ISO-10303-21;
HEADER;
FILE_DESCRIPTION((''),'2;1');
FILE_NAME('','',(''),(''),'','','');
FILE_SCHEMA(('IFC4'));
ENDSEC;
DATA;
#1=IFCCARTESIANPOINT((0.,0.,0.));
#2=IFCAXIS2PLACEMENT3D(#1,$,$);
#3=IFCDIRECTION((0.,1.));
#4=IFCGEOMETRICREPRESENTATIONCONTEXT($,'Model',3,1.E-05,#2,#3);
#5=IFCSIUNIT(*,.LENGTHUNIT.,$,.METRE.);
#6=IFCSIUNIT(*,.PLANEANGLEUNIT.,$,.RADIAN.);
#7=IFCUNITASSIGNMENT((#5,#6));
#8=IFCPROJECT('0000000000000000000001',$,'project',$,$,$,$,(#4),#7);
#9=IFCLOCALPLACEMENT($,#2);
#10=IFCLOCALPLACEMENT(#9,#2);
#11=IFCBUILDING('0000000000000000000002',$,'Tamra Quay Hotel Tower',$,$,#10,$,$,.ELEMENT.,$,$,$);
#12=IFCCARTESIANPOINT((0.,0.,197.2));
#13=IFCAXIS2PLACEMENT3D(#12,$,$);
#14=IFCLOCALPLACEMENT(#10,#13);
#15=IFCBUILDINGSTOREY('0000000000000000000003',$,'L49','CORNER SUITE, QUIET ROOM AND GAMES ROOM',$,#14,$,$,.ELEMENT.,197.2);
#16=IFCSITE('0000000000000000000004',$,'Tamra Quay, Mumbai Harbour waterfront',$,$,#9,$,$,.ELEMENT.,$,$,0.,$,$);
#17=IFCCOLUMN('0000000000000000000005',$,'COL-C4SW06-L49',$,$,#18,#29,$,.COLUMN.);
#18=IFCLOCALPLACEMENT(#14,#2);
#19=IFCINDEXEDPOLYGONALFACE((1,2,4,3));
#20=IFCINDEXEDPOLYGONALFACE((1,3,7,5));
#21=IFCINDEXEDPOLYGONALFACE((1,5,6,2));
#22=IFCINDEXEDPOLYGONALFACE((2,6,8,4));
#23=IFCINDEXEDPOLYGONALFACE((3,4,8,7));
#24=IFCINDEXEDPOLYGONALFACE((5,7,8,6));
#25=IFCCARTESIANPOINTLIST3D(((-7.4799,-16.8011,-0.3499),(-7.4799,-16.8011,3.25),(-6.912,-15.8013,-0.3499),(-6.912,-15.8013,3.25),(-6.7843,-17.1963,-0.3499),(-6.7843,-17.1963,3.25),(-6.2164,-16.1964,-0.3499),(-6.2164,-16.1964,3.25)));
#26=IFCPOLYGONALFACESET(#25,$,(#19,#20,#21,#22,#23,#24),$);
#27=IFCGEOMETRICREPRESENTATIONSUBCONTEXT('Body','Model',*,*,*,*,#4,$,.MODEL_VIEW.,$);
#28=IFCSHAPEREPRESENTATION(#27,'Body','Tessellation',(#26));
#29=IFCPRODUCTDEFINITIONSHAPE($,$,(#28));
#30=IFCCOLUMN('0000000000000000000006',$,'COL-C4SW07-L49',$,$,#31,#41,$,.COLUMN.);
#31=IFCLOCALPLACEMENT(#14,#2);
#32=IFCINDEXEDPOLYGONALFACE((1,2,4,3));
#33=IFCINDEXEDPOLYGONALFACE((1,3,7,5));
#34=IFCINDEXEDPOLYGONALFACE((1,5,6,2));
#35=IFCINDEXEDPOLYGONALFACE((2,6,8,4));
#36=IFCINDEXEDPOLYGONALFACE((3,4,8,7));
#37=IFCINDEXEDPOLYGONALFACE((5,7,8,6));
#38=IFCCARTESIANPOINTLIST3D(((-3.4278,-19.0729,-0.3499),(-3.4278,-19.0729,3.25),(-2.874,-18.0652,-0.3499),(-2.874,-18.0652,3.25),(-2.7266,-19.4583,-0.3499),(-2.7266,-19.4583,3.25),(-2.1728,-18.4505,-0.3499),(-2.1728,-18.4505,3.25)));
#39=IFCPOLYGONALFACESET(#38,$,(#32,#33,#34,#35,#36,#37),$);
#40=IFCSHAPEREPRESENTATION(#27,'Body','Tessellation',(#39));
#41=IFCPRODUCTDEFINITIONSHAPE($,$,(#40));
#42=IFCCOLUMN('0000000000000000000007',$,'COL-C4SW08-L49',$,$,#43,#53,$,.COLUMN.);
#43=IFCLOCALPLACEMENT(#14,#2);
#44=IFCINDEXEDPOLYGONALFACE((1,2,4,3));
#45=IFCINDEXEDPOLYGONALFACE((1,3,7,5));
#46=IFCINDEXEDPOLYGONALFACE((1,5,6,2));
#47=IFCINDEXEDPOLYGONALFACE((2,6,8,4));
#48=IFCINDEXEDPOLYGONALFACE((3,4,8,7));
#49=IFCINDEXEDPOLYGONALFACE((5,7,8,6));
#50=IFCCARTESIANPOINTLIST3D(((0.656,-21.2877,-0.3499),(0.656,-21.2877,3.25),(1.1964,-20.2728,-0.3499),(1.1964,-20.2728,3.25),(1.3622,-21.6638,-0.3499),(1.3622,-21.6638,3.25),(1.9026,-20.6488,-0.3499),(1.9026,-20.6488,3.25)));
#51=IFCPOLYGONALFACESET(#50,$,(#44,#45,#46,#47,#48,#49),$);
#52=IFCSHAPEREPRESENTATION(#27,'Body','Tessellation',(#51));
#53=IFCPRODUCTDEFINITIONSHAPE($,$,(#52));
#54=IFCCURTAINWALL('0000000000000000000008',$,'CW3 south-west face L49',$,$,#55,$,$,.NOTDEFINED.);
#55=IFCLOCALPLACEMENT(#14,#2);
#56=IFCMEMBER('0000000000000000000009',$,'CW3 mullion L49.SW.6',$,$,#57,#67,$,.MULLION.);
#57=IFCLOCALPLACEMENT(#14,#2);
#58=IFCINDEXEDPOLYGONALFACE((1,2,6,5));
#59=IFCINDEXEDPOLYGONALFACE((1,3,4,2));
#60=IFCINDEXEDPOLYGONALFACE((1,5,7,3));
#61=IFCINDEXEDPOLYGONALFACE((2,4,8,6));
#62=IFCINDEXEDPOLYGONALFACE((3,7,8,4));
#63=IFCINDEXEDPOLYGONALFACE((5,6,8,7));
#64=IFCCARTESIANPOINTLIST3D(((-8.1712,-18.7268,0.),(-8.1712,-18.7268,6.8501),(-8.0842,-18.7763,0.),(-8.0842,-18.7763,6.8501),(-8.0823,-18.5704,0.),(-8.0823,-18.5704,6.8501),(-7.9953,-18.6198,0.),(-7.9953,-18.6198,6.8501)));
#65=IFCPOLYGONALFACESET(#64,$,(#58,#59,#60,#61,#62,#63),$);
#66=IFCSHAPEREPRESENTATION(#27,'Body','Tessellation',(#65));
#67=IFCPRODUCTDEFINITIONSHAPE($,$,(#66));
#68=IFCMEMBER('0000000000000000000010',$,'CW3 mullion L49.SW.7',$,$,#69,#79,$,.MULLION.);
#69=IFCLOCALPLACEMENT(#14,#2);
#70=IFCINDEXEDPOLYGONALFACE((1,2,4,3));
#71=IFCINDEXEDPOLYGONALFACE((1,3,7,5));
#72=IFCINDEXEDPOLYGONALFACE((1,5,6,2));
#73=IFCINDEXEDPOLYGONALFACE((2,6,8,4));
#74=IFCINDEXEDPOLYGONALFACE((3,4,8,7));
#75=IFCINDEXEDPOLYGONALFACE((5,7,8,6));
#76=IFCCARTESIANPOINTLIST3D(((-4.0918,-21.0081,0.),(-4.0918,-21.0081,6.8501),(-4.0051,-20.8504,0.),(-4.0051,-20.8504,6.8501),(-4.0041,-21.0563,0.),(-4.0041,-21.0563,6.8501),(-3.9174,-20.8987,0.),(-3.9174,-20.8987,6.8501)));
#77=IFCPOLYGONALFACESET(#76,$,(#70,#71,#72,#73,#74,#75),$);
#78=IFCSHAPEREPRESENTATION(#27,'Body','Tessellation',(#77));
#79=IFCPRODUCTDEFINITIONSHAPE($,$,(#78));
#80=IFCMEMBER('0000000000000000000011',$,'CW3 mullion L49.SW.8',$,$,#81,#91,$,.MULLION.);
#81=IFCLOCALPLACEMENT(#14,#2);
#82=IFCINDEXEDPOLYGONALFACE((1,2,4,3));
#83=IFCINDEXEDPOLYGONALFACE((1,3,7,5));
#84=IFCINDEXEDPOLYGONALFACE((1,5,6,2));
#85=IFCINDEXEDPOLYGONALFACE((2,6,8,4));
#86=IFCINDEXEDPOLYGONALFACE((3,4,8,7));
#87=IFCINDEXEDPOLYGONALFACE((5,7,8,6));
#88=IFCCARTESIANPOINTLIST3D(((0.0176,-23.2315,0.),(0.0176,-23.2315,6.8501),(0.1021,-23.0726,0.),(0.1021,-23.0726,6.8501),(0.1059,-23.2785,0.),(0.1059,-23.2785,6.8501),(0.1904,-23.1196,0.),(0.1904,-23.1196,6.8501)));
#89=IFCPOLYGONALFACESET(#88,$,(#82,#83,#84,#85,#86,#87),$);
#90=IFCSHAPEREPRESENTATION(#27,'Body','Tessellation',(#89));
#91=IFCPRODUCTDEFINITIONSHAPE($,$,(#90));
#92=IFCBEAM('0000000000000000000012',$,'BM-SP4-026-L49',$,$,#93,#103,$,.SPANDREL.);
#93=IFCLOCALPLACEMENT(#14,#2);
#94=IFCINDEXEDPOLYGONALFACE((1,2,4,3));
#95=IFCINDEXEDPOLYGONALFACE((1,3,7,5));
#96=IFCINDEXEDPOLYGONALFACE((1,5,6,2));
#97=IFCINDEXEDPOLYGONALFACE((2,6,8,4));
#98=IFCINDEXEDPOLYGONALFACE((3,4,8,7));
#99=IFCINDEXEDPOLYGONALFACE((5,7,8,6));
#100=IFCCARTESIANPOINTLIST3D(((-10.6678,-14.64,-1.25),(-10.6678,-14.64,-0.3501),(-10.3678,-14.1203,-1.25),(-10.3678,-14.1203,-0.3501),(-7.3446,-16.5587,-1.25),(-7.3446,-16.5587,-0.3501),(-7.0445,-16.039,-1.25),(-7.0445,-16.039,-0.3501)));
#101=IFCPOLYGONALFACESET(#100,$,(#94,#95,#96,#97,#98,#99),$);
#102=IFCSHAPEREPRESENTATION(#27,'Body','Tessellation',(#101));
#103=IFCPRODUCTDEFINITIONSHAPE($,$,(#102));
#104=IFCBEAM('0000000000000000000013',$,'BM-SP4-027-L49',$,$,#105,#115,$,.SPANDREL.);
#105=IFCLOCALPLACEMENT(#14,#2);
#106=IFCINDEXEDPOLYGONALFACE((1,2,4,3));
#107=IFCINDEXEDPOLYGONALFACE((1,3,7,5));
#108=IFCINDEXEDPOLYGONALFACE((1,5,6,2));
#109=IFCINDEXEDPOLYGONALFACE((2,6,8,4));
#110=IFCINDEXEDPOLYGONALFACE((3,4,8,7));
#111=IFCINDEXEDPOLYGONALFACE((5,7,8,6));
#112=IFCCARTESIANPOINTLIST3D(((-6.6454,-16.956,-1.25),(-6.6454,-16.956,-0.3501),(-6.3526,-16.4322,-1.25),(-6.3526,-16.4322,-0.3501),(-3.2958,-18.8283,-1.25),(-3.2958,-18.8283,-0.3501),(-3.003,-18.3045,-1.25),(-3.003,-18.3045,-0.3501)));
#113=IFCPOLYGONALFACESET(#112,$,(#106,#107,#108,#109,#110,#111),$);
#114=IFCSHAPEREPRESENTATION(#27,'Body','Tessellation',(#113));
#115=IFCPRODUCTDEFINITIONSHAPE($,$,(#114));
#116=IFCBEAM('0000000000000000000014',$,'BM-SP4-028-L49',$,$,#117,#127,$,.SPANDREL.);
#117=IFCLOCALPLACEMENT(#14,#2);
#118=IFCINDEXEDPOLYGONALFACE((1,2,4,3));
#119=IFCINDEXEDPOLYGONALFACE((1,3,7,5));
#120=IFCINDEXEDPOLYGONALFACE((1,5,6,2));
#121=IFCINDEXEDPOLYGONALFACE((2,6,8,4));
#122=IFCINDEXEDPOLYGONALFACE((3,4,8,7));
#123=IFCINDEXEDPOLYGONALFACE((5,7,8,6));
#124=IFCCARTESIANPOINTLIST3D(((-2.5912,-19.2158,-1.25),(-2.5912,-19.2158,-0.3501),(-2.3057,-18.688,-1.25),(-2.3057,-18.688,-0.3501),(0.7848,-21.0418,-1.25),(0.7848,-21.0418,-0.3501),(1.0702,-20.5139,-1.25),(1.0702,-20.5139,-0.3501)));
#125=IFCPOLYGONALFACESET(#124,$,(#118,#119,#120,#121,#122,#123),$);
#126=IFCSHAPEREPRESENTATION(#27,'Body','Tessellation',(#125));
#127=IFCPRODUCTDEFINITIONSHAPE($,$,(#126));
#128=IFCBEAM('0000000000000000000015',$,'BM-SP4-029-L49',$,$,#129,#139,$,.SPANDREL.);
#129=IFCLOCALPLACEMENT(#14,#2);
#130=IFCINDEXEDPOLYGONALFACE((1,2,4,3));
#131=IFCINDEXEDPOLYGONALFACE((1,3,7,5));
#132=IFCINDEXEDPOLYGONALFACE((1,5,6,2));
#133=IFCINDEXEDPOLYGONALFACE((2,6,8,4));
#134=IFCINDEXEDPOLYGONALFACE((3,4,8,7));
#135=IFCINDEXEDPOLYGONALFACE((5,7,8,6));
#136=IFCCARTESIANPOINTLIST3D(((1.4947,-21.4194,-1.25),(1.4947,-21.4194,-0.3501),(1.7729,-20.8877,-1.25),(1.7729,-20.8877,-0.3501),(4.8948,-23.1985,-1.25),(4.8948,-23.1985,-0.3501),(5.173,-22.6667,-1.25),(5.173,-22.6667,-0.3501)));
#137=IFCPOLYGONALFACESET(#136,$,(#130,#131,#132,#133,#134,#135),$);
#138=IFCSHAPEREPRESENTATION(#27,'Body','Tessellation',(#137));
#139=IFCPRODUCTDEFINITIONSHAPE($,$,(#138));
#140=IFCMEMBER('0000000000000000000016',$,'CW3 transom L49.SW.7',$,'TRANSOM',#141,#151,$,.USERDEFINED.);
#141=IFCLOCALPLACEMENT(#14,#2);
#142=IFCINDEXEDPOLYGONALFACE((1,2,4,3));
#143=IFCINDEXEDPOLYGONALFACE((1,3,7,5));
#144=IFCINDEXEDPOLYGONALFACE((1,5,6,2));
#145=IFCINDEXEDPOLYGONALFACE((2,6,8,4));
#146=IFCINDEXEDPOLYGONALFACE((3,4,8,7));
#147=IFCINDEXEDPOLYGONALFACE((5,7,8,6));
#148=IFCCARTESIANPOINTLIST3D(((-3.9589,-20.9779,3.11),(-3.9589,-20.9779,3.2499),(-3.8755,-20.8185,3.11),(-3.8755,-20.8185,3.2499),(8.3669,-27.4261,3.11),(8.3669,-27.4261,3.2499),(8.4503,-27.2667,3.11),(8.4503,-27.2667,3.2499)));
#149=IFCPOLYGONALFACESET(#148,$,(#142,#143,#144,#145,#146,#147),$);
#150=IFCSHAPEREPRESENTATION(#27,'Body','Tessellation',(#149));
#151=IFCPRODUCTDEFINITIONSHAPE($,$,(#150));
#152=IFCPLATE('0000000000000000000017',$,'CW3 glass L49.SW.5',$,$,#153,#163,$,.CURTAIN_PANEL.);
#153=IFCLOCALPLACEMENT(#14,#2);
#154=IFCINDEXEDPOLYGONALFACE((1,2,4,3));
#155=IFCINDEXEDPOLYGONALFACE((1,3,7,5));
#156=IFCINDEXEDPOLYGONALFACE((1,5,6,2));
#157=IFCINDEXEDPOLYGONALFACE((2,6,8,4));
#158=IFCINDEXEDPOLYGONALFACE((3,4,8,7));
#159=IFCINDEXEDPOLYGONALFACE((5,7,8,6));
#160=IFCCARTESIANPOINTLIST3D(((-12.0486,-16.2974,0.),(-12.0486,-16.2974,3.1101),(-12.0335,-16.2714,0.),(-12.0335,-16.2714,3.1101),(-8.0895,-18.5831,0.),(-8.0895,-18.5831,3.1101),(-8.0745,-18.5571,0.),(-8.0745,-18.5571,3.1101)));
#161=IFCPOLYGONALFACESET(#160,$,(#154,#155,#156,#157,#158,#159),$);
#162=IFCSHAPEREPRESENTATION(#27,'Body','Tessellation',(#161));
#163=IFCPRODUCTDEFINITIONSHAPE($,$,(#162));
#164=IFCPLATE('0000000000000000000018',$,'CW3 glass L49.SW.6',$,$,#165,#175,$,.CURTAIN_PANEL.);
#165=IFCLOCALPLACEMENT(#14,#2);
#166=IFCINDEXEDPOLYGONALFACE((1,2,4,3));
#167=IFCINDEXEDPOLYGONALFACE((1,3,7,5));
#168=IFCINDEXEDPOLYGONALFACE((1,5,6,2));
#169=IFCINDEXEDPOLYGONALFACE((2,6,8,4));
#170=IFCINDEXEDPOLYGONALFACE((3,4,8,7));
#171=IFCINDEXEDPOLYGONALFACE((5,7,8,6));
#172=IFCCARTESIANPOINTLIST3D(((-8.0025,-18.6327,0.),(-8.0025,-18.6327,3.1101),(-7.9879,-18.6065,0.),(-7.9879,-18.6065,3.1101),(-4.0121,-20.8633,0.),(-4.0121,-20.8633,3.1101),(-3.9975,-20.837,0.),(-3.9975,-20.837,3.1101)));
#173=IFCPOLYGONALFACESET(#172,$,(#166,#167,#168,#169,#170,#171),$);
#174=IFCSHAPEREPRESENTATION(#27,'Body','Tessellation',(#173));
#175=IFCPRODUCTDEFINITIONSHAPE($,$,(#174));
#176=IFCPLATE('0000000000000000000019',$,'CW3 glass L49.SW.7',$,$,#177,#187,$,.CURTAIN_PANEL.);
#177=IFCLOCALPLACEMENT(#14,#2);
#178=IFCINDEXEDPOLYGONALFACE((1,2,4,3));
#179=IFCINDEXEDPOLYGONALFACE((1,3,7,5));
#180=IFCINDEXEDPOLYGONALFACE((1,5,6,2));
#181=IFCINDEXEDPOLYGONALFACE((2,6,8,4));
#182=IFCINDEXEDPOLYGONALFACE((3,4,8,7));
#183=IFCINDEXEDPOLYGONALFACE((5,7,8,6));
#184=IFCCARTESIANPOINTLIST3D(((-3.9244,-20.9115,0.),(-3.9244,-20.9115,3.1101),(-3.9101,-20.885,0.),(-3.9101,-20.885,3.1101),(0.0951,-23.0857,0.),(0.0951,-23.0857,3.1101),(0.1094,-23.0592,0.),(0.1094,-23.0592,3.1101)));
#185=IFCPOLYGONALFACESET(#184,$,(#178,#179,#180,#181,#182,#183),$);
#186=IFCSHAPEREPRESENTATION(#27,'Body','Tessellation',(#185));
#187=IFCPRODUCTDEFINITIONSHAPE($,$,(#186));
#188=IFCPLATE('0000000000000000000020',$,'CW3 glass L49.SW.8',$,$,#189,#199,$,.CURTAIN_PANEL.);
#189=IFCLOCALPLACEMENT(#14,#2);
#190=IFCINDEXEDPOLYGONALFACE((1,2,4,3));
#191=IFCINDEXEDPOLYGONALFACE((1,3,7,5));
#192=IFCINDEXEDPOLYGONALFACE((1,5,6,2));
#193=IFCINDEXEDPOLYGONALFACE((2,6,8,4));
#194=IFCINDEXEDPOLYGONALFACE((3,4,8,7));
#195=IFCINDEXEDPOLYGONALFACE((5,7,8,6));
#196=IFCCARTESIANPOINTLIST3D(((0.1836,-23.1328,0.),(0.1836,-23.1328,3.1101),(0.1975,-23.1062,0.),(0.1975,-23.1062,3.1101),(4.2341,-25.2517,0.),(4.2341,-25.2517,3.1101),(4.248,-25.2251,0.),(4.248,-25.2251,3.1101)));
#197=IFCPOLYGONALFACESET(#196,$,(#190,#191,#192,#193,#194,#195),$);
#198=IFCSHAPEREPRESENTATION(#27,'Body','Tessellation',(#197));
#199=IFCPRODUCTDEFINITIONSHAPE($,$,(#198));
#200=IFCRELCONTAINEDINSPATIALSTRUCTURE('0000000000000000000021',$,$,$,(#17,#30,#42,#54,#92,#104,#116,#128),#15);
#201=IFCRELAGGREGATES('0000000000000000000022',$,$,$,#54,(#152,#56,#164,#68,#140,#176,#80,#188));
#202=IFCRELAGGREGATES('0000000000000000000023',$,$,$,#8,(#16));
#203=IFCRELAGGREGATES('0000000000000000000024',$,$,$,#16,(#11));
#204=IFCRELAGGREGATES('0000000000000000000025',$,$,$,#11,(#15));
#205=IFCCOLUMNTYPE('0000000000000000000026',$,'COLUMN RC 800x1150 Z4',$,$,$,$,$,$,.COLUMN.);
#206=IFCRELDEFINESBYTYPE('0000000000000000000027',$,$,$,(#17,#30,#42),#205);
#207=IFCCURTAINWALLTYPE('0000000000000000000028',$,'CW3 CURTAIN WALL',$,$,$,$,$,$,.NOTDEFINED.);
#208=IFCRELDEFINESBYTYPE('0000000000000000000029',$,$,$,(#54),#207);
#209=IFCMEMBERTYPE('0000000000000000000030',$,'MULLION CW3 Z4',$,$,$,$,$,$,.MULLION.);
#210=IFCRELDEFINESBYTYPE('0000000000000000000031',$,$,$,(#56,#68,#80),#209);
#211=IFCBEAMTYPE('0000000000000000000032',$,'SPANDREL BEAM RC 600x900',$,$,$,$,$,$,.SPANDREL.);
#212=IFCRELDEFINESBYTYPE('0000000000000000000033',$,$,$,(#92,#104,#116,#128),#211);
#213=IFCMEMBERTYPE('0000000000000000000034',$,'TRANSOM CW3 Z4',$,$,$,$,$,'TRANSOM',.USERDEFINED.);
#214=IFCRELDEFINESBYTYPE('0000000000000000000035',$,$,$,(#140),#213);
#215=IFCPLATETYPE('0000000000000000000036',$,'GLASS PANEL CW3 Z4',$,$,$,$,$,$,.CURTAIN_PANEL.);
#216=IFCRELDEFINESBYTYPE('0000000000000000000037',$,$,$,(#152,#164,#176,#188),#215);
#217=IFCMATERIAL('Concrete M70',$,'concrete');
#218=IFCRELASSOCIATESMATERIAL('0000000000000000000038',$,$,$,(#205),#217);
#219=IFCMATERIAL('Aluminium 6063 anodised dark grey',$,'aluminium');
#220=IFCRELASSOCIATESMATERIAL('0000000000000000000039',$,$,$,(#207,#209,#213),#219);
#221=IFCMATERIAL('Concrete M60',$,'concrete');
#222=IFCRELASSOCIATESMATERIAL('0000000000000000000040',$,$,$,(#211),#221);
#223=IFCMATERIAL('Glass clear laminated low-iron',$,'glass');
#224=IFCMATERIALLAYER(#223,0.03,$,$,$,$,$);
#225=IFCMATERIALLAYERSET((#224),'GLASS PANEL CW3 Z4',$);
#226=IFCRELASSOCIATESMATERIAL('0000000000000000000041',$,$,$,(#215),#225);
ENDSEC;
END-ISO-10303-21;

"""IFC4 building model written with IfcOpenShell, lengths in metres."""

from ifc_helpers import new_model, si_unit, direction, frame, origin, origin_2d, place, context, subcontext, project, spatial, rectangle, extrude, material, layer, layer_set, material_profile, profile_set, type_object, element, aggregate, save


model = new_model("IFC4")

# Units and contexts
model_context = context("Model", 3, precision=1e-05, world=origin(), true_north=direction((0.0, 1.0)))
body_context = subcontext(model_context, "Body", "Model", "MODEL_VIEW")
ifc_project = project(units=[si_unit("LENGTHUNIT", "METRE"), si_unit("PLANEANGLEUNIT", "RADIAN")], contexts=[model_context])

# Site, building, storey
site_placement = place(None, origin())
site = spatial("IfcSite", under=ifc_project, at=site_placement, Name="Tamra Quay, Mumbai Harbour waterfront", CompositionType="ELEMENT", RefElevation=0.0)
building_placement = place(site_placement, origin())
building = spatial("IfcBuilding", under=site, at=building_placement, Name="Tamra Quay Hotel Tower", CompositionType="ELEMENT")
storey_placement = place(building_placement, frame((0.0, 0.0, 197.2)))
storey = spatial("IfcBuildingStorey", under=building, at=storey_placement, Name="L49", Description="CORNER SUITE, QUIET ROOM AND GAMES ROOM", CompositionType="ELEMENT", Elevation=197.2)

# Columns
ifc_material_1 = material(Name="Concrete M70", Category="concrete")
ifc_material_profile_1 = material_profile(ifc_material_1, rectangle(XDim=1.1499, YDim=0.8, at=origin_2d()), Name="COLUMN RC 800x1150 Z4")
ifc_profile_set_1 = profile_set([ifc_material_profile_1], Name="Concrete M70")
column_type = type_object("IfcColumnType", Name="COLUMN RC 800x1150 Z4", PredefinedType="COLUMN", material=ifc_profile_set_1)
for number, where, z_axis, x_axis, name in (
    (1, (-6.8481, -16.4988, -0.3499), (0.0, 0.0, 1.0), (0.49389, 0.869524, 0.0), "COL-C4SW06-L49"),
    (2, (-2.8003, -18.7617, -0.3499), (0.0, 0.0, 1.0), (0.481602, 0.87639, 0.0), "COL-C4SW07-L49"),
    (3, (1.2793, -20.9683, -0.3499), (0.0, 0.0, 1.0), (0.470002, 0.882666, 0.0), "COL-C4SW08-L49"),
):
    element("IfcColumn", number, at=place(storey_placement, frame(where, z_axis=z_axis, x_axis=x_axis)), inside=storey, type_object=column_type, Name=name, PredefinedType="COLUMN", context=body_context, shape_type="SweptSolid", body=[
        extrude(rectangle(XDim=1.1499, YDim=0.8, at=origin_2d()), origin(), (0.0, 0.0, 1.0), 3.5999),
    ])

# Curtain wall, members
ifc_material_2 = material(Name="Aluminium 6063 anodised dark grey", Category="aluminium")
curtain_wall_type = type_object("IfcCurtainWallType", Name="CW3 CURTAIN WALL", PredefinedType="NOTDEFINED", material=ifc_material_2)
curtain_wall_placement = place(storey_placement, origin())
curtain_wall = element("IfcCurtainWall", 4, at=curtain_wall_placement, inside=storey, type_object=curtain_wall_type, Name="CW3 south-west face L49", PredefinedType="NOTDEFINED")
ifc_material_profile_2 = material_profile(ifc_material_2, rectangle(XDim=0.1799, YDim=0.1001, at=origin_2d()), Name="MULLION 100X180")
ifc_profile_set_2 = profile_set([ifc_material_profile_2], Name="Aluminium 6063 anodised dark grey")
member_type_1 = type_object("IfcMemberType", Name="MULLION CW3 Z4", PredefinedType="MULLION", material=ifc_profile_set_2)
member_1_placement = place(storey_placement, frame((-8.0833, -18.6733, 0.0), z_axis=(0.0, 0.0, 1.0), x_axis=(-0.493975, -0.869476, 0.0)))
member_1 = element("IfcMember", 5, at=member_1_placement, type_object=member_type_1, Name="CW3 mullion L49.SW.6", PredefinedType="MULLION", context=body_context, shape_type="SweptSolid", body=[
    extrude(rectangle(XDim=0.1799, YDim=0.1001, at=origin_2d()), origin(), (0.0, 0.0, 1.0), 6.8501),
])
member_2_placement = place(storey_placement, frame((-4.0046, -20.9534, 0.0), z_axis=(0.0, 0.0, 1.0), x_axis=(-0.481861, -0.876248, 0.0)))
member_2 = element("IfcMember", 6, at=member_2_placement, type_object=member_type_1, Name="CW3 mullion L49.SW.7", PredefinedType="MULLION", context=body_context, shape_type="SweptSolid", body=[
    extrude(rectangle(XDim=0.1799, YDim=0.1001, at=origin_2d()), origin(), (0.0, 0.0, 1.0), 6.8501),
])
member_3_placement = place(storey_placement, frame((0.104, -23.1755, 0.0), z_axis=(0.0, 0.0, 1.0), x_axis=(-0.469668, -0.882843, 0.0)))
member_3 = element("IfcMember", 7, at=member_3_placement, type_object=member_type_1, Name="CW3 mullion L49.SW.8", PredefinedType="MULLION", context=body_context, shape_type="SweptSolid", body=[
    extrude(rectangle(XDim=0.1799, YDim=0.1001, at=origin_2d()), origin(), (0.0, 0.0, 1.0), 6.8501),
])

# Beams
ifc_material_3 = material(Name="Concrete M60", Category="concrete")
ifc_material_profile_3 = material_profile(ifc_material_3, rectangle(XDim=0.6001, YDim=0.8999, at=origin_2d()), Name="SPANDREL BEAM RC 600x900")
ifc_profile_set_3 = profile_set([ifc_material_profile_3], Name="Concrete M60")
beam_type = type_object("IfcBeamType", Name="SPANDREL BEAM RC 600x900", PredefinedType="SPANDREL", material=ifc_profile_set_3)
for number, where, z_axis, x_axis, name in (
    (8, (-10.5178, -14.3801, -0.8), (0.866022, -0.500005, 0.0), (0.500005, 0.866022, 0.0), "BM-SP4-026-L49"),
    (9, (-6.499, -16.6941, -0.8), (0.872891, -0.487915, 0.0), (0.487915, 0.872891, 0.0), "BM-SP4-027-L49"),
):
    element("IfcBeam", number, at=place(storey_placement, frame(where, z_axis=z_axis, x_axis=x_axis)), inside=storey, type_object=beam_type, Name=name, PredefinedType="SPANDREL", context=body_context, shape_type="SweptSolid", body=[
        extrude(rectangle(XDim=0.6001, YDim=0.8999, at=origin_2d()), origin(), (0.0, 0.0, 1.0), 3.8374),
    ])
beam_1_placement = place(storey_placement, frame((-2.4485, -18.9519, -0.8), z_axis=(0.879589, -0.475734, 0.0), x_axis=(0.475734, 0.879589, 0.0)))
element("IfcBeam", 10, at=beam_1_placement, inside=storey, type_object=beam_type, Name="BM-SP4-028-L49", PredefinedType="SPANDREL", context=body_context, shape_type="SweptSolid", body=[
    extrude(rectangle(XDim=0.6001, YDim=0.8999, at=origin_2d()), origin(), (0.0, 0.0, 1.0), 3.8381),
])
beam_2_placement = place(storey_placement, frame((1.6338, -21.1536, -0.8), z_axis=(0.886043, -0.463603, 0.0), x_axis=(0.463603, 0.886043, 0.0)))
element("IfcBeam", 11, at=beam_2_placement, inside=storey, type_object=beam_type, Name="BM-SP4-029-L49", PredefinedType="SPANDREL", context=body_context, shape_type="SweptSolid", body=[
    extrude(rectangle(XDim=0.6001, YDim=0.8999, at=origin_2d()), origin(), (0.0, 0.0, 1.0), 3.8374),
])

# Member
ifc_material_profile_4 = material_profile(ifc_material_2, rectangle(XDim=0.1799, YDim=0.1399, at=origin_2d()), Name="TRANSOM 180X140")
ifc_profile_set_4 = profile_set([ifc_material_profile_4], Name="Aluminium 6063 anodised dark grey")
member_type_2 = type_object("IfcMemberType", Name="TRANSOM CW3 Z4", ElementType="TRANSOM", PredefinedType="USERDEFINED", material=ifc_profile_set_4)
member_4_placement = place(storey_placement, frame((-3.9172, -20.8982, 3.1799), z_axis=(0.886074, -0.463545, 0.0), x_axis=(0.463545, 0.886074, 0.0)))
member_4 = element("IfcMember", 12, at=member_4_placement, type_object=member_type_2, Name="CW3 transom L49.SW.7", ObjectType="TRANSOM", PredefinedType="USERDEFINED", context=body_context, shape_type="SweptSolid", body=[
    extrude(rectangle(XDim=0.1799, YDim=0.1399, at=origin_2d()), origin(), (0.0, 0.0, 1.0), 13.9106),
])

# Plates
ifc_material_4 = material(Name="Glass clear laminated low-iron", Category="glass")
ifc_layer_1 = layer(ifc_material_4, 0.03)
ifc_layer_set_1 = layer_set([ifc_layer_1], Name="GLASS PANEL CW3 Z4")
plate_type = type_object("IfcPlateType", Name="GLASS PANEL CW3 Z4", PredefinedType="CURTAIN_PANEL", material=ifc_layer_set_1)
plate_1_placement = place(storey_placement, frame((-10.0615, -17.4272, 0.0), z_axis=(0.0, 0.0, 1.0), x_axis=(0.866025, -0.5, 0.0)))
plate_1 = element("IfcPlate", 13, at=plate_1_placement, type_object=plate_type, Name="CW3 glass L49.SW.5", PredefinedType="CURTAIN_PANEL", context=body_context, shape_type="SweptSolid", body=[
    extrude(rectangle(XDim=4.5715, YDim=0.03, at=origin_2d()), origin(), (0.0, 0.0, 1.0), 3.1101),
])
plate_2_placement = place(storey_placement, frame((-6.0, -19.7349, 0.0), z_axis=(0.0, 0.0, 1.0), x_axis=(0.872885, -0.487926, 0.0)))
plate_2 = element("IfcPlate", 14, at=plate_2_placement, type_object=plate_type, Name="CW3 glass L49.SW.6", PredefinedType="CURTAIN_PANEL", context=body_context, shape_type="SweptSolid", body=[
    extrude(rectangle(XDim=4.5715, YDim=0.03, at=origin_2d()), origin(), (0.0, 0.0, 1.0), 3.1101),
])
plate_3_placement = place(storey_placement, frame((-1.9075, -21.9854, 0.0), z_axis=(0.0, 0.0, 1.0), x_axis=(0.879569, -0.475772, 0.0)))
plate_3 = element("IfcPlate", 15, at=plate_3_placement, type_object=plate_type, Name="CW3 glass L49.SW.7", PredefinedType="CURTAIN_PANEL", context=body_context, shape_type="SweptSolid", body=[
    extrude(rectangle(XDim=4.5698, YDim=0.03, at=origin_2d()), origin(), (0.0, 0.0, 1.0), 3.1101),
])
plate_4_placement = place(storey_placement, frame((2.2158, -24.179, 0.0), z_axis=(0.0, 0.0, 1.0), x_axis=(0.886075, -0.463541, 0.0)))
plate_4 = element("IfcPlate", 16, at=plate_4_placement, type_object=plate_type, Name="CW3 glass L49.SW.8", PredefinedType="CURTAIN_PANEL", context=body_context, shape_type="SweptSolid", body=[
    extrude(rectangle(XDim=4.5713, YDim=0.03, at=origin_2d()), origin(), (0.0, 0.0, 1.0), 3.1101),
])
aggregate(curtain_wall, [plate_1, member_1, plate_2, member_2, member_4, plate_3, member_3, plate_4])

save(model, "model.ifc")
